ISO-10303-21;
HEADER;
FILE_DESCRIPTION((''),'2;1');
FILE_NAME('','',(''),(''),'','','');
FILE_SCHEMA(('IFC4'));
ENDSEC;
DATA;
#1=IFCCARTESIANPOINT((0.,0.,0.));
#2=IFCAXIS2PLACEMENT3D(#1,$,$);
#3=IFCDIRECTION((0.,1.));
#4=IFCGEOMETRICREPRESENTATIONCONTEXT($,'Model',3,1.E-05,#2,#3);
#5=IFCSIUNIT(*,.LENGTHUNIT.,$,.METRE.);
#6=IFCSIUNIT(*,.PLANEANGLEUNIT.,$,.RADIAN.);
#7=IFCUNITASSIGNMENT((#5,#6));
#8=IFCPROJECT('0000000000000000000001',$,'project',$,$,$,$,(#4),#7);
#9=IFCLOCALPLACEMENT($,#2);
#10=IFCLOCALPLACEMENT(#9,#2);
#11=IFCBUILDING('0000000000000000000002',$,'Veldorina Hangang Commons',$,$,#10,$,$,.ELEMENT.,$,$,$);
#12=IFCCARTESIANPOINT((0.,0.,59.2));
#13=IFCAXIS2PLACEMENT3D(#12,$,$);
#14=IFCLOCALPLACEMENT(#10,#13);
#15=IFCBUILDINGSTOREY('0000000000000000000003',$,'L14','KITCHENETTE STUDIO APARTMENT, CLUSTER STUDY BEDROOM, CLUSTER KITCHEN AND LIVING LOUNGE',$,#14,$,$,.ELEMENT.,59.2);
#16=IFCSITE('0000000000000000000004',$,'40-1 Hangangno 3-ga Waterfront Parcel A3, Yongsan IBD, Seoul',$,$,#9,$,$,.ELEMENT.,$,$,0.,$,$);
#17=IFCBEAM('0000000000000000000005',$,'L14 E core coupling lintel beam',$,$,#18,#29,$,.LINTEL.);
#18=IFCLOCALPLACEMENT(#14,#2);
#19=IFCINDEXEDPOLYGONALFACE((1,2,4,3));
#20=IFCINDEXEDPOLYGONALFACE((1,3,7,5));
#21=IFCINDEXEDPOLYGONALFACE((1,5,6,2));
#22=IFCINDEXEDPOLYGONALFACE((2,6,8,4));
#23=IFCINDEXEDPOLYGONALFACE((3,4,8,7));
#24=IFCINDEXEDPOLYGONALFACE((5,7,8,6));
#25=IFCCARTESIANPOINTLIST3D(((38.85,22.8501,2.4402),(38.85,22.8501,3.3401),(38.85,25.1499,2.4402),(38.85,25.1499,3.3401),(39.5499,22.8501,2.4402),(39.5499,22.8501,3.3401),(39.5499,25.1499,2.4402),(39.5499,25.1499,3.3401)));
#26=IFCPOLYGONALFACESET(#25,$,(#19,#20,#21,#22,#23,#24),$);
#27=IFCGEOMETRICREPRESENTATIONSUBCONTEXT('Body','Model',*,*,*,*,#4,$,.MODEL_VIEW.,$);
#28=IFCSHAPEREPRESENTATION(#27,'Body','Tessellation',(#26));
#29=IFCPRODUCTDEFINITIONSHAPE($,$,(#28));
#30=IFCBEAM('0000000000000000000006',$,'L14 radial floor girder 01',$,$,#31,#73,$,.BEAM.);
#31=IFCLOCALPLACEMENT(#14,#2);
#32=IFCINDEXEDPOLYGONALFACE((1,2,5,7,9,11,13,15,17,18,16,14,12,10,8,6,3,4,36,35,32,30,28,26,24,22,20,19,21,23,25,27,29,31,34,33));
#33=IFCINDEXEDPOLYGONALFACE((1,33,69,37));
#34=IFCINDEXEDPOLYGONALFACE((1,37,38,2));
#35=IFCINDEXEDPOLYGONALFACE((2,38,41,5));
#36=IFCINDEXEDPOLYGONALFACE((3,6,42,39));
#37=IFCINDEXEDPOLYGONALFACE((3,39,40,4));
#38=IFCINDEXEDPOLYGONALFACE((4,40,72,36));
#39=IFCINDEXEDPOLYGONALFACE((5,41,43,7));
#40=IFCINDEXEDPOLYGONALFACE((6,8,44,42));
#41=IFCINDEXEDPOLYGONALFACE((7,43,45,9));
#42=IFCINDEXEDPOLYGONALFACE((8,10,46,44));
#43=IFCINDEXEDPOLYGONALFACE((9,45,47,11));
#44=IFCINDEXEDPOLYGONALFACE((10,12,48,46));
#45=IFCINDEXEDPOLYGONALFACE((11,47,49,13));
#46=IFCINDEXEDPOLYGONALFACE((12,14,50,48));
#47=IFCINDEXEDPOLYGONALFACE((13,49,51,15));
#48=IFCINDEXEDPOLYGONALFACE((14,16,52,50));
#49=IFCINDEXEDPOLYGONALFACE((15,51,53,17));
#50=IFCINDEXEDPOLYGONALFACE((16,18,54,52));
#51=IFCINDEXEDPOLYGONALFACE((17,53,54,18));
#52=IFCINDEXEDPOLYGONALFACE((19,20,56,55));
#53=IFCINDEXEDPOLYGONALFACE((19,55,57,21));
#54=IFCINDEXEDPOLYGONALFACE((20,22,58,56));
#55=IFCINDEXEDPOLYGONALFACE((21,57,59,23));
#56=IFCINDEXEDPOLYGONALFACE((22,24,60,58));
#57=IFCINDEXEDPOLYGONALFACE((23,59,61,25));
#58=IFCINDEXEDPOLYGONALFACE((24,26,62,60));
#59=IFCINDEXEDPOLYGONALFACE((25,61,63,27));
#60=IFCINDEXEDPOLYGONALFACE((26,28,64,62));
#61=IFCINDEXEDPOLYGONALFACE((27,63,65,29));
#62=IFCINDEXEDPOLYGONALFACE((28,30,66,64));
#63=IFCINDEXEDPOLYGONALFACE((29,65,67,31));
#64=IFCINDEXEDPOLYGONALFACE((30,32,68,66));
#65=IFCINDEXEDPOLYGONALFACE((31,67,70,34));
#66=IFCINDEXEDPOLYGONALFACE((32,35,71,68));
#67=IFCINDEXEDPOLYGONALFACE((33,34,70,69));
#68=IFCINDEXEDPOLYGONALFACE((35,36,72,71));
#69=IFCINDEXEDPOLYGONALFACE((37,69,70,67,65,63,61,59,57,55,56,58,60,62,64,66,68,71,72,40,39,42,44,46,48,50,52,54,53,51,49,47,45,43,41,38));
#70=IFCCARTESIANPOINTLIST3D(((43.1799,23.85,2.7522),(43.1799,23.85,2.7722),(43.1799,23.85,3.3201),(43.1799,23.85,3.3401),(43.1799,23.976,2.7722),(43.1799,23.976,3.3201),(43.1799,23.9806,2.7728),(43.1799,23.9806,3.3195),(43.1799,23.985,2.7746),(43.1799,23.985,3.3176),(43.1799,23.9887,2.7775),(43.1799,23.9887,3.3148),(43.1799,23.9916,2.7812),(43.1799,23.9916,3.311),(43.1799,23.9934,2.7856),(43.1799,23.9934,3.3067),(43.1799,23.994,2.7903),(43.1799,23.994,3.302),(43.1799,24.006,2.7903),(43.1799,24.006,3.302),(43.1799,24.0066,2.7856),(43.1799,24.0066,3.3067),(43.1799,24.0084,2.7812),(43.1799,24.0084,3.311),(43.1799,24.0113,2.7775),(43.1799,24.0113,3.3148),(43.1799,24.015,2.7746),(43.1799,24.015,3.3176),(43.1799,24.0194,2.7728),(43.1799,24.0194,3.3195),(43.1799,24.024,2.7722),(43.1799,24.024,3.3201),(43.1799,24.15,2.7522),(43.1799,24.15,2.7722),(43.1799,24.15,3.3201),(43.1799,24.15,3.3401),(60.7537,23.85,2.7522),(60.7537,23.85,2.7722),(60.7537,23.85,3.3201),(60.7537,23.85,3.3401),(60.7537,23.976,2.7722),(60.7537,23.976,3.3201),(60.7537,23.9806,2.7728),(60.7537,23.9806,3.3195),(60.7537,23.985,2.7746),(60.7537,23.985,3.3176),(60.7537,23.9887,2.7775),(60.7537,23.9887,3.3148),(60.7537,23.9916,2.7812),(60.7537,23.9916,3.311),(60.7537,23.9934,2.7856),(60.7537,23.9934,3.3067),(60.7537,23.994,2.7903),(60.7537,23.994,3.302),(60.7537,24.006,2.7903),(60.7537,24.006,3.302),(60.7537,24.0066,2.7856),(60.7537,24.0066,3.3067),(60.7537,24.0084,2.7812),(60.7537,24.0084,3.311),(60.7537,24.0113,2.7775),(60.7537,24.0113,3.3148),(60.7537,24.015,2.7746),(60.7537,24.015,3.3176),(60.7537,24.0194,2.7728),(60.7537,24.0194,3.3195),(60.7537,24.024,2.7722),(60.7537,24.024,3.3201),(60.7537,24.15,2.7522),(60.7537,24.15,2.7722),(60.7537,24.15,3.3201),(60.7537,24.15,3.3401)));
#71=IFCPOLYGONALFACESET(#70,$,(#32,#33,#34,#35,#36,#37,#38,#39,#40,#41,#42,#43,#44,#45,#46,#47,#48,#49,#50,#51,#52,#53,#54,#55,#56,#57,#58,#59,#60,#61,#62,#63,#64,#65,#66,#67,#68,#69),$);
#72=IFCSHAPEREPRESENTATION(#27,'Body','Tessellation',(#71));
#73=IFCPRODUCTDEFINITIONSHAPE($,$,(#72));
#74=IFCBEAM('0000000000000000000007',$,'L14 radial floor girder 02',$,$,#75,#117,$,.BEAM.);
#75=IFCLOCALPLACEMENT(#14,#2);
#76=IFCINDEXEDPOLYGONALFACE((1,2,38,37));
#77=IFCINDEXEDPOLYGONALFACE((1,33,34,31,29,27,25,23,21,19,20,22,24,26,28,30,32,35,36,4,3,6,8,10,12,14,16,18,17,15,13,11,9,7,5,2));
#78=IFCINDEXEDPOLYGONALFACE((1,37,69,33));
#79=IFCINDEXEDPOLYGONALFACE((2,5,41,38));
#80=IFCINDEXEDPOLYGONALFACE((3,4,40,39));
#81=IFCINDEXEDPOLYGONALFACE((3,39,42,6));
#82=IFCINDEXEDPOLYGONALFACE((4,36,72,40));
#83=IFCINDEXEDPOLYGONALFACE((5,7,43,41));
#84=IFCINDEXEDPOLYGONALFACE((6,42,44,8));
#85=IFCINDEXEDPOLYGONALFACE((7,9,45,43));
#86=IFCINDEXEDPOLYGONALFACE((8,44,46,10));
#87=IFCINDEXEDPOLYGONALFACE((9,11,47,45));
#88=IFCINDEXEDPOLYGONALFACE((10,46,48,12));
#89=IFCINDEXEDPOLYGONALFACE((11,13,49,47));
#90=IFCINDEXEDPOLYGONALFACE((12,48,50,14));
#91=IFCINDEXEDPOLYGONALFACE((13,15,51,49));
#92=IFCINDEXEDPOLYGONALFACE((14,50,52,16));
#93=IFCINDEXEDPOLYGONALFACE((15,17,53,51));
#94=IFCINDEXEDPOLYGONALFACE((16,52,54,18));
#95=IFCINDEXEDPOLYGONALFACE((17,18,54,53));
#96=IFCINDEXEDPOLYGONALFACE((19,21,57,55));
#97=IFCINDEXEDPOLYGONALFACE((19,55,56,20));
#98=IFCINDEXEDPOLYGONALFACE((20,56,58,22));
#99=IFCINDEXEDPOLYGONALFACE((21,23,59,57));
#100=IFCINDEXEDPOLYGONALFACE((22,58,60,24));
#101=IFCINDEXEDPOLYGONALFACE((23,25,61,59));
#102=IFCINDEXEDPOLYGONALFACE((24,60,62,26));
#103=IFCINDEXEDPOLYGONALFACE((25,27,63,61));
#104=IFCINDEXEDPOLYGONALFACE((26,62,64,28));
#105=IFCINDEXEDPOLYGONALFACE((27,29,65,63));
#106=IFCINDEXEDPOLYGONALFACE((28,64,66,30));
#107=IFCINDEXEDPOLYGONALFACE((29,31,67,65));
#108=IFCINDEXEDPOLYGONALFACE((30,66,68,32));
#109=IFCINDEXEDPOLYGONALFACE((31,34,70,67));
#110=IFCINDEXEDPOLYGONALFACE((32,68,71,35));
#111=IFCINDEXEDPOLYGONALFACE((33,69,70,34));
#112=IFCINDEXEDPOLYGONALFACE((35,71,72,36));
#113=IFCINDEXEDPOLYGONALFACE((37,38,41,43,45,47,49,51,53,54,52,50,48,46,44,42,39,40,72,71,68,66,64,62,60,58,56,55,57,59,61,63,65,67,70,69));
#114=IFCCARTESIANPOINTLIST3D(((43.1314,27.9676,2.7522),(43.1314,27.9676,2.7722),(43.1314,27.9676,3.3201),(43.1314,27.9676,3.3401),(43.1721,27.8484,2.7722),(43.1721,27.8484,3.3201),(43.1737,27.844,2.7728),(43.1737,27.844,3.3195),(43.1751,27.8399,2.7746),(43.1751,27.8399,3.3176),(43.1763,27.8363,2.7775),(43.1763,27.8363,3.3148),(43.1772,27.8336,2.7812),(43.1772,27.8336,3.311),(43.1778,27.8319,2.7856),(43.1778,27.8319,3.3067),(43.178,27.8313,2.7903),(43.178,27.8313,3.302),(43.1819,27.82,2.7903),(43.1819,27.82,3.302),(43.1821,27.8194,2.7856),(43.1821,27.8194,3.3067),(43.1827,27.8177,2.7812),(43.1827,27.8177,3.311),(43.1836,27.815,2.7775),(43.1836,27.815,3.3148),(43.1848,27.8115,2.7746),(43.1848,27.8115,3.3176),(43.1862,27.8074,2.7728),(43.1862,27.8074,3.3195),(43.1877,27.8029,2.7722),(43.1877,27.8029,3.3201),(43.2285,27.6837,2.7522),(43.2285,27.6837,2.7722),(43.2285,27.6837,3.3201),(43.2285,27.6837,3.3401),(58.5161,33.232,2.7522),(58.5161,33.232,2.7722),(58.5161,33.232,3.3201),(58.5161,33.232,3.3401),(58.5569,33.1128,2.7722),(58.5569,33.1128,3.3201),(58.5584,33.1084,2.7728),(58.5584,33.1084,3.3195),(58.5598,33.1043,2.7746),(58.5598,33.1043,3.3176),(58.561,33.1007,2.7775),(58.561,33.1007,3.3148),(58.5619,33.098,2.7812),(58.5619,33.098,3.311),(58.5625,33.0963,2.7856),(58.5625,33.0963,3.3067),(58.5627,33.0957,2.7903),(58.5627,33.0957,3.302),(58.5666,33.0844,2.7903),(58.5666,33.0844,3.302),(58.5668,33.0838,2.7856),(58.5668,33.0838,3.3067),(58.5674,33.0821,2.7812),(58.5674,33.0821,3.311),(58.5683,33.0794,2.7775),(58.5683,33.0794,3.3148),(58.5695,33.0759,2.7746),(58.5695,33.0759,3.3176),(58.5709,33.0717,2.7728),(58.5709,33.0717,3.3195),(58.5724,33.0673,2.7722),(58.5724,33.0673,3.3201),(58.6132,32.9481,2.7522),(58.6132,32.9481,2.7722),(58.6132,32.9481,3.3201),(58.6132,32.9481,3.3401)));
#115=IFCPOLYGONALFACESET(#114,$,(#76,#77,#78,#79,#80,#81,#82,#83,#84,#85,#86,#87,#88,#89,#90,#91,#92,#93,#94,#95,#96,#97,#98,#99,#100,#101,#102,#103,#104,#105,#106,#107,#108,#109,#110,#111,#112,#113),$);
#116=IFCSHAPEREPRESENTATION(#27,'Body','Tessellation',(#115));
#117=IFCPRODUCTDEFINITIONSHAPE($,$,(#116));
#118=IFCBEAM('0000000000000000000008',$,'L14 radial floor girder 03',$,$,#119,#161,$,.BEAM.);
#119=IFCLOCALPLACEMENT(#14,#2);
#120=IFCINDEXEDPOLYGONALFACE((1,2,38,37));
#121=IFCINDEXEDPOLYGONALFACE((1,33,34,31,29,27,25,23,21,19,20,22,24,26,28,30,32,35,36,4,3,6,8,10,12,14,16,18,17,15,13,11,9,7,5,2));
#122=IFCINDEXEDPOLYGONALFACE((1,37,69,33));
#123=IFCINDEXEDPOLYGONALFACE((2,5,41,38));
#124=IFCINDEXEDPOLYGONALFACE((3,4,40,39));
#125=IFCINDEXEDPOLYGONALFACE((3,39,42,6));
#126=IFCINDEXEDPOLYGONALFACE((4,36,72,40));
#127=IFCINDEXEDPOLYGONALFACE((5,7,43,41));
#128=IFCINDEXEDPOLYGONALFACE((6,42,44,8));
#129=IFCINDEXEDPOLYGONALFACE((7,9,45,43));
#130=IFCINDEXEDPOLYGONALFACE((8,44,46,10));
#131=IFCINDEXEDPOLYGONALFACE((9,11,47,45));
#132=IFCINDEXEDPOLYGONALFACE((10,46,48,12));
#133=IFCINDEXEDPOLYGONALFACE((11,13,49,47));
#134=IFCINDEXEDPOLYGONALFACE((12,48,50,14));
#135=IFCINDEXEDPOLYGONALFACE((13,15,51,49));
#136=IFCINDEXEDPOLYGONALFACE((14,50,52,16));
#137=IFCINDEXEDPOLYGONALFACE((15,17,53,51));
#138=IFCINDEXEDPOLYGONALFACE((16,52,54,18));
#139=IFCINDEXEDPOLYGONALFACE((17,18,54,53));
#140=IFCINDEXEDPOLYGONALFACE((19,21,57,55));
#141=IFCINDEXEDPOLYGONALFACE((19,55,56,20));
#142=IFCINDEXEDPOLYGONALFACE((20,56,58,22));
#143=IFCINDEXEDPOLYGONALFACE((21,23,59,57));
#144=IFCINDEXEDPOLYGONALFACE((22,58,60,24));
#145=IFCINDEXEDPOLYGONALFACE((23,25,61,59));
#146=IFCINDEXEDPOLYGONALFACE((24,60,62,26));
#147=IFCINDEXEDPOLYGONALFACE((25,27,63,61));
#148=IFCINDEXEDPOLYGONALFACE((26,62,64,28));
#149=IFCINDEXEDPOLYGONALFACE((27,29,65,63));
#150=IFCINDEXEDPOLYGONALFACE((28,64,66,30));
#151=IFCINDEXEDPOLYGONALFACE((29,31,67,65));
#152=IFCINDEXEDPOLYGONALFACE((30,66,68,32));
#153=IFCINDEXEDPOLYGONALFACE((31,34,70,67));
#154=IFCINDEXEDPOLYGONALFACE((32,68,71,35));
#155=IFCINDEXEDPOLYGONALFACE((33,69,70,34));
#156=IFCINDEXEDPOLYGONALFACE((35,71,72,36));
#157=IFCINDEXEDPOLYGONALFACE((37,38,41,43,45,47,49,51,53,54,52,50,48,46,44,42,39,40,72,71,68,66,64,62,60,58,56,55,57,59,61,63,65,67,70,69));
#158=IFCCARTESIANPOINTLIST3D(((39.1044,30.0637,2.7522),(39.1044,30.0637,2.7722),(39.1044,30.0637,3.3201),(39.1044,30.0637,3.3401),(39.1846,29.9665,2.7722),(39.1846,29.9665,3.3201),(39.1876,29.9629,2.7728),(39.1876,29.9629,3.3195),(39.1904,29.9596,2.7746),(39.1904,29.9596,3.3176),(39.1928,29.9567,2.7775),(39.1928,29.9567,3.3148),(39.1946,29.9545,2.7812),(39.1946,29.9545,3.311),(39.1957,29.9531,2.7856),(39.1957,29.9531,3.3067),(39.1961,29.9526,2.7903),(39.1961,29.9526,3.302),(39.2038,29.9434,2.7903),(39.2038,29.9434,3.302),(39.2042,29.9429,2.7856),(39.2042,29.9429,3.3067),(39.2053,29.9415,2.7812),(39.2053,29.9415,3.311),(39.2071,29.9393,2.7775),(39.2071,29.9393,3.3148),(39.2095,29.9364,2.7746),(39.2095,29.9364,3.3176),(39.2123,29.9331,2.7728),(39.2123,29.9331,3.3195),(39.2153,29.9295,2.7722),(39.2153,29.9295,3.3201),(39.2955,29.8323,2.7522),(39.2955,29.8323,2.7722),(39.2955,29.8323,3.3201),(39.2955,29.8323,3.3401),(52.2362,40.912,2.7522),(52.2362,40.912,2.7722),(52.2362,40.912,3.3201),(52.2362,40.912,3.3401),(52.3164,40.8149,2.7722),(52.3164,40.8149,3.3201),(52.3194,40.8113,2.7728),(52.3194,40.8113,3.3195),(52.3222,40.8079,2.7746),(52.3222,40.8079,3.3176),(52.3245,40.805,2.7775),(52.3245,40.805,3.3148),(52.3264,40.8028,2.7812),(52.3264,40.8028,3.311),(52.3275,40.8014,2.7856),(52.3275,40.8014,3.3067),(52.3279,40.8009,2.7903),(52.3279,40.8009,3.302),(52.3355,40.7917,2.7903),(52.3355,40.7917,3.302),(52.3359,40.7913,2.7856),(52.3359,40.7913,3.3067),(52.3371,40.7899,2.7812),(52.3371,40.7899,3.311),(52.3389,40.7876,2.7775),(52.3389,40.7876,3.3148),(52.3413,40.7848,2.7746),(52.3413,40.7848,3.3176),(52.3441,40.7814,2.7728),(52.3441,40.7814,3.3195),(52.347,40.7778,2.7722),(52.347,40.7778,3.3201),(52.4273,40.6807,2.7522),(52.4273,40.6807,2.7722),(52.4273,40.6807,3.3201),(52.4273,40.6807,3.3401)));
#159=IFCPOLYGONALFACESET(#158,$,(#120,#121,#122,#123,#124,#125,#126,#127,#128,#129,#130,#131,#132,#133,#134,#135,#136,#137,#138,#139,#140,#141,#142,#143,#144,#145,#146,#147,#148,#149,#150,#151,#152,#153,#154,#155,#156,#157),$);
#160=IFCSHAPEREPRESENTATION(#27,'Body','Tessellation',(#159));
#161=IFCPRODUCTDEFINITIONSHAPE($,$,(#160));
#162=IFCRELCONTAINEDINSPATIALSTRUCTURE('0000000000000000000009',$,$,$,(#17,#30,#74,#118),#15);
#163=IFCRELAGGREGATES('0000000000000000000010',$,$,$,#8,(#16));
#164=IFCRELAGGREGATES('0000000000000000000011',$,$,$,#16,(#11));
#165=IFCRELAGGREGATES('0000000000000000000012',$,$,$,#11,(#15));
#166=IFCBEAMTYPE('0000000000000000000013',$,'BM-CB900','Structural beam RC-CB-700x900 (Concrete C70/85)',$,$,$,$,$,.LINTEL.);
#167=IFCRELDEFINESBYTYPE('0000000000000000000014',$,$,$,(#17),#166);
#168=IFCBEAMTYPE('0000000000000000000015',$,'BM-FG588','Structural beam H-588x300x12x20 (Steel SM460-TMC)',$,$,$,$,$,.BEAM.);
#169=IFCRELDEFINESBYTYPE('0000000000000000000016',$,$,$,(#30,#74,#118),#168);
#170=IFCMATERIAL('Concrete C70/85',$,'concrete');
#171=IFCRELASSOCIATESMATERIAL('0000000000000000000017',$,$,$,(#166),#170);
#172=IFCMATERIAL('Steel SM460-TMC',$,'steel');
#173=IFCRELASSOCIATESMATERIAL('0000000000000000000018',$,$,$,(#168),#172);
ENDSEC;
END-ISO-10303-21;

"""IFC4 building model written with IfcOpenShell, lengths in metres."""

from ifc_helpers import new_model, si_unit, direction, frame, origin, origin_2d, place, context, subcontext, project, spatial, rectangle, i_section, extrude, material, material_profile, profile_set, type_object, element, save


model = new_model("IFC4")

# Units and contexts
model_context = context("Model", 3, precision=1e-05, world=origin(), true_north=direction((0.0, 1.0)))
body_context = subcontext(model_context, "Body", "Model", "MODEL_VIEW")
ifc_project = project(units=[si_unit("LENGTHUNIT", "METRE"), si_unit("PLANEANGLEUNIT", "RADIAN")], contexts=[model_context])

# Site, building, storey
site_placement = place(None, origin())
site = spatial("IfcSite", under=ifc_project, at=site_placement, Name="40-1 Hangangno 3-ga Waterfront Parcel A3, Yongsan IBD, Seoul", CompositionType="ELEMENT", RefElevation=0.0)
building_placement = place(site_placement, origin())
building = spatial("IfcBuilding", under=site, at=building_placement, Name="Veldorina Hangang Commons", CompositionType="ELEMENT")
storey_placement = place(building_placement, frame((0.0, 0.0, 59.2)))
storey = spatial("IfcBuildingStorey", under=building, at=storey_placement, Name="L14", Description="KITCHENETTE STUDIO APARTMENT, CLUSTER STUDY BEDROOM, CLUSTER KITCHEN AND LIVING LOUNGE", CompositionType="ELEMENT", Elevation=59.2)

# Beams
ifc_material_1 = material(Name="Concrete C70/85", Category="concrete")
ifc_material_profile_1 = material_profile(ifc_material_1, rectangle(XDim=0.7, YDim=0.8999, at=origin_2d()), Name="RC-CB-700x900")
ifc_profile_set_1 = profile_set([ifc_material_profile_1], Name="Concrete C70/85")
beam_type_1 = type_object("IfcBeamType", Name="BM-CB900", Description="Structural beam RC-CB-700x900 (Concrete C70/85)", PredefinedType="LINTEL", material=ifc_profile_set_1)
beam_1_placement = place(storey_placement, frame((39.2, 22.8501, 2.8901), z_axis=(0.0, 1.0, 0.0), x_axis=(-1.0, 0.0, 0.0)))
element("IfcBeam", 1, at=beam_1_placement, inside=storey, type_object=beam_type_1, Name="L14 E core coupling lintel beam", PredefinedType="LINTEL", context=body_context, shape_type="SweptSolid", body=[
    extrude(rectangle(XDim=0.7, YDim=0.8999, at=origin_2d()), origin(), (0.0, 0.0, 1.0), 2.2998),
])
ifc_material_2 = material(Name="Steel SM460-TMC", Category="steel")
ifc_material_profile_2 = material_profile(ifc_material_2, i_section(OverallWidth=0.3, OverallDepth=0.5879, WebThickness=0.012, FlangeThickness=0.02, FilletRadius=0.0181, at=origin_2d()), Name="H-588x300x12x20")
ifc_profile_set_2 = profile_set([ifc_material_profile_2], Name="Steel SM460-TMC")
beam_type_2 = type_object("IfcBeamType", Name="BM-FG588", Description="Structural beam H-588x300x12x20 (Steel SM460-TMC)", PredefinedType="BEAM", material=ifc_profile_set_2)
beam_2_placement = place(storey_placement, frame((43.1799, 24.0, 3.0461), z_axis=(1.0, 0.0, 0.0), x_axis=(0.0, 1.0, 0.0)))
element("IfcBeam", 2, at=beam_2_placement, inside=storey, type_object=beam_type_2, Name="L14 radial floor girder 01", PredefinedType="BEAM", context=body_context, shape_type="SweptSolid", body=[
    extrude(i_section(OverallWidth=0.3, OverallDepth=0.5879, WebThickness=0.012, FlangeThickness=0.02, FilletRadius=0.0181, at=origin_2d()), origin(), (0.0, 0.0, 1.0), 17.5737),
])
beam_3_placement = place(storey_placement, frame((43.1799, 27.8257, 3.0461), z_axis=(0.946141, 0.323753, 0.0), x_axis=(-0.323753, 0.946141, 0.0)))
element("IfcBeam", 3, at=beam_3_placement, inside=storey, type_object=beam_type_2, Name="L14 radial floor girder 02", PredefinedType="BEAM", context=body_context, shape_type="SweptSolid", body=[
    extrude(i_section(OverallWidth=0.3, OverallDepth=0.5879, WebThickness=0.012, FlangeThickness=0.02, FilletRadius=0.0181, at=origin_2d()), origin(), (0.0, 0.0, 1.0), 16.2605),
])
beam_4_placement = place(storey_placement, frame((39.2, 29.948, 3.0461), z_axis=(0.770952, 0.636894, 0.0), x_axis=(-0.636894, 0.770952, 0.0)))
element("IfcBeam", 4, at=beam_4_placement, inside=storey, type_object=beam_type_2, Name="L14 radial floor girder 03", PredefinedType="BEAM", context=body_context, shape_type="SweptSolid", body=[
    extrude(i_section(OverallWidth=0.3, OverallDepth=0.5879, WebThickness=0.012, FlangeThickness=0.02, FilletRadius=0.0181, at=origin_2d()), origin(), (0.0, 0.0, 1.0), 17.0332),
])

save(model, "model.ifc")
